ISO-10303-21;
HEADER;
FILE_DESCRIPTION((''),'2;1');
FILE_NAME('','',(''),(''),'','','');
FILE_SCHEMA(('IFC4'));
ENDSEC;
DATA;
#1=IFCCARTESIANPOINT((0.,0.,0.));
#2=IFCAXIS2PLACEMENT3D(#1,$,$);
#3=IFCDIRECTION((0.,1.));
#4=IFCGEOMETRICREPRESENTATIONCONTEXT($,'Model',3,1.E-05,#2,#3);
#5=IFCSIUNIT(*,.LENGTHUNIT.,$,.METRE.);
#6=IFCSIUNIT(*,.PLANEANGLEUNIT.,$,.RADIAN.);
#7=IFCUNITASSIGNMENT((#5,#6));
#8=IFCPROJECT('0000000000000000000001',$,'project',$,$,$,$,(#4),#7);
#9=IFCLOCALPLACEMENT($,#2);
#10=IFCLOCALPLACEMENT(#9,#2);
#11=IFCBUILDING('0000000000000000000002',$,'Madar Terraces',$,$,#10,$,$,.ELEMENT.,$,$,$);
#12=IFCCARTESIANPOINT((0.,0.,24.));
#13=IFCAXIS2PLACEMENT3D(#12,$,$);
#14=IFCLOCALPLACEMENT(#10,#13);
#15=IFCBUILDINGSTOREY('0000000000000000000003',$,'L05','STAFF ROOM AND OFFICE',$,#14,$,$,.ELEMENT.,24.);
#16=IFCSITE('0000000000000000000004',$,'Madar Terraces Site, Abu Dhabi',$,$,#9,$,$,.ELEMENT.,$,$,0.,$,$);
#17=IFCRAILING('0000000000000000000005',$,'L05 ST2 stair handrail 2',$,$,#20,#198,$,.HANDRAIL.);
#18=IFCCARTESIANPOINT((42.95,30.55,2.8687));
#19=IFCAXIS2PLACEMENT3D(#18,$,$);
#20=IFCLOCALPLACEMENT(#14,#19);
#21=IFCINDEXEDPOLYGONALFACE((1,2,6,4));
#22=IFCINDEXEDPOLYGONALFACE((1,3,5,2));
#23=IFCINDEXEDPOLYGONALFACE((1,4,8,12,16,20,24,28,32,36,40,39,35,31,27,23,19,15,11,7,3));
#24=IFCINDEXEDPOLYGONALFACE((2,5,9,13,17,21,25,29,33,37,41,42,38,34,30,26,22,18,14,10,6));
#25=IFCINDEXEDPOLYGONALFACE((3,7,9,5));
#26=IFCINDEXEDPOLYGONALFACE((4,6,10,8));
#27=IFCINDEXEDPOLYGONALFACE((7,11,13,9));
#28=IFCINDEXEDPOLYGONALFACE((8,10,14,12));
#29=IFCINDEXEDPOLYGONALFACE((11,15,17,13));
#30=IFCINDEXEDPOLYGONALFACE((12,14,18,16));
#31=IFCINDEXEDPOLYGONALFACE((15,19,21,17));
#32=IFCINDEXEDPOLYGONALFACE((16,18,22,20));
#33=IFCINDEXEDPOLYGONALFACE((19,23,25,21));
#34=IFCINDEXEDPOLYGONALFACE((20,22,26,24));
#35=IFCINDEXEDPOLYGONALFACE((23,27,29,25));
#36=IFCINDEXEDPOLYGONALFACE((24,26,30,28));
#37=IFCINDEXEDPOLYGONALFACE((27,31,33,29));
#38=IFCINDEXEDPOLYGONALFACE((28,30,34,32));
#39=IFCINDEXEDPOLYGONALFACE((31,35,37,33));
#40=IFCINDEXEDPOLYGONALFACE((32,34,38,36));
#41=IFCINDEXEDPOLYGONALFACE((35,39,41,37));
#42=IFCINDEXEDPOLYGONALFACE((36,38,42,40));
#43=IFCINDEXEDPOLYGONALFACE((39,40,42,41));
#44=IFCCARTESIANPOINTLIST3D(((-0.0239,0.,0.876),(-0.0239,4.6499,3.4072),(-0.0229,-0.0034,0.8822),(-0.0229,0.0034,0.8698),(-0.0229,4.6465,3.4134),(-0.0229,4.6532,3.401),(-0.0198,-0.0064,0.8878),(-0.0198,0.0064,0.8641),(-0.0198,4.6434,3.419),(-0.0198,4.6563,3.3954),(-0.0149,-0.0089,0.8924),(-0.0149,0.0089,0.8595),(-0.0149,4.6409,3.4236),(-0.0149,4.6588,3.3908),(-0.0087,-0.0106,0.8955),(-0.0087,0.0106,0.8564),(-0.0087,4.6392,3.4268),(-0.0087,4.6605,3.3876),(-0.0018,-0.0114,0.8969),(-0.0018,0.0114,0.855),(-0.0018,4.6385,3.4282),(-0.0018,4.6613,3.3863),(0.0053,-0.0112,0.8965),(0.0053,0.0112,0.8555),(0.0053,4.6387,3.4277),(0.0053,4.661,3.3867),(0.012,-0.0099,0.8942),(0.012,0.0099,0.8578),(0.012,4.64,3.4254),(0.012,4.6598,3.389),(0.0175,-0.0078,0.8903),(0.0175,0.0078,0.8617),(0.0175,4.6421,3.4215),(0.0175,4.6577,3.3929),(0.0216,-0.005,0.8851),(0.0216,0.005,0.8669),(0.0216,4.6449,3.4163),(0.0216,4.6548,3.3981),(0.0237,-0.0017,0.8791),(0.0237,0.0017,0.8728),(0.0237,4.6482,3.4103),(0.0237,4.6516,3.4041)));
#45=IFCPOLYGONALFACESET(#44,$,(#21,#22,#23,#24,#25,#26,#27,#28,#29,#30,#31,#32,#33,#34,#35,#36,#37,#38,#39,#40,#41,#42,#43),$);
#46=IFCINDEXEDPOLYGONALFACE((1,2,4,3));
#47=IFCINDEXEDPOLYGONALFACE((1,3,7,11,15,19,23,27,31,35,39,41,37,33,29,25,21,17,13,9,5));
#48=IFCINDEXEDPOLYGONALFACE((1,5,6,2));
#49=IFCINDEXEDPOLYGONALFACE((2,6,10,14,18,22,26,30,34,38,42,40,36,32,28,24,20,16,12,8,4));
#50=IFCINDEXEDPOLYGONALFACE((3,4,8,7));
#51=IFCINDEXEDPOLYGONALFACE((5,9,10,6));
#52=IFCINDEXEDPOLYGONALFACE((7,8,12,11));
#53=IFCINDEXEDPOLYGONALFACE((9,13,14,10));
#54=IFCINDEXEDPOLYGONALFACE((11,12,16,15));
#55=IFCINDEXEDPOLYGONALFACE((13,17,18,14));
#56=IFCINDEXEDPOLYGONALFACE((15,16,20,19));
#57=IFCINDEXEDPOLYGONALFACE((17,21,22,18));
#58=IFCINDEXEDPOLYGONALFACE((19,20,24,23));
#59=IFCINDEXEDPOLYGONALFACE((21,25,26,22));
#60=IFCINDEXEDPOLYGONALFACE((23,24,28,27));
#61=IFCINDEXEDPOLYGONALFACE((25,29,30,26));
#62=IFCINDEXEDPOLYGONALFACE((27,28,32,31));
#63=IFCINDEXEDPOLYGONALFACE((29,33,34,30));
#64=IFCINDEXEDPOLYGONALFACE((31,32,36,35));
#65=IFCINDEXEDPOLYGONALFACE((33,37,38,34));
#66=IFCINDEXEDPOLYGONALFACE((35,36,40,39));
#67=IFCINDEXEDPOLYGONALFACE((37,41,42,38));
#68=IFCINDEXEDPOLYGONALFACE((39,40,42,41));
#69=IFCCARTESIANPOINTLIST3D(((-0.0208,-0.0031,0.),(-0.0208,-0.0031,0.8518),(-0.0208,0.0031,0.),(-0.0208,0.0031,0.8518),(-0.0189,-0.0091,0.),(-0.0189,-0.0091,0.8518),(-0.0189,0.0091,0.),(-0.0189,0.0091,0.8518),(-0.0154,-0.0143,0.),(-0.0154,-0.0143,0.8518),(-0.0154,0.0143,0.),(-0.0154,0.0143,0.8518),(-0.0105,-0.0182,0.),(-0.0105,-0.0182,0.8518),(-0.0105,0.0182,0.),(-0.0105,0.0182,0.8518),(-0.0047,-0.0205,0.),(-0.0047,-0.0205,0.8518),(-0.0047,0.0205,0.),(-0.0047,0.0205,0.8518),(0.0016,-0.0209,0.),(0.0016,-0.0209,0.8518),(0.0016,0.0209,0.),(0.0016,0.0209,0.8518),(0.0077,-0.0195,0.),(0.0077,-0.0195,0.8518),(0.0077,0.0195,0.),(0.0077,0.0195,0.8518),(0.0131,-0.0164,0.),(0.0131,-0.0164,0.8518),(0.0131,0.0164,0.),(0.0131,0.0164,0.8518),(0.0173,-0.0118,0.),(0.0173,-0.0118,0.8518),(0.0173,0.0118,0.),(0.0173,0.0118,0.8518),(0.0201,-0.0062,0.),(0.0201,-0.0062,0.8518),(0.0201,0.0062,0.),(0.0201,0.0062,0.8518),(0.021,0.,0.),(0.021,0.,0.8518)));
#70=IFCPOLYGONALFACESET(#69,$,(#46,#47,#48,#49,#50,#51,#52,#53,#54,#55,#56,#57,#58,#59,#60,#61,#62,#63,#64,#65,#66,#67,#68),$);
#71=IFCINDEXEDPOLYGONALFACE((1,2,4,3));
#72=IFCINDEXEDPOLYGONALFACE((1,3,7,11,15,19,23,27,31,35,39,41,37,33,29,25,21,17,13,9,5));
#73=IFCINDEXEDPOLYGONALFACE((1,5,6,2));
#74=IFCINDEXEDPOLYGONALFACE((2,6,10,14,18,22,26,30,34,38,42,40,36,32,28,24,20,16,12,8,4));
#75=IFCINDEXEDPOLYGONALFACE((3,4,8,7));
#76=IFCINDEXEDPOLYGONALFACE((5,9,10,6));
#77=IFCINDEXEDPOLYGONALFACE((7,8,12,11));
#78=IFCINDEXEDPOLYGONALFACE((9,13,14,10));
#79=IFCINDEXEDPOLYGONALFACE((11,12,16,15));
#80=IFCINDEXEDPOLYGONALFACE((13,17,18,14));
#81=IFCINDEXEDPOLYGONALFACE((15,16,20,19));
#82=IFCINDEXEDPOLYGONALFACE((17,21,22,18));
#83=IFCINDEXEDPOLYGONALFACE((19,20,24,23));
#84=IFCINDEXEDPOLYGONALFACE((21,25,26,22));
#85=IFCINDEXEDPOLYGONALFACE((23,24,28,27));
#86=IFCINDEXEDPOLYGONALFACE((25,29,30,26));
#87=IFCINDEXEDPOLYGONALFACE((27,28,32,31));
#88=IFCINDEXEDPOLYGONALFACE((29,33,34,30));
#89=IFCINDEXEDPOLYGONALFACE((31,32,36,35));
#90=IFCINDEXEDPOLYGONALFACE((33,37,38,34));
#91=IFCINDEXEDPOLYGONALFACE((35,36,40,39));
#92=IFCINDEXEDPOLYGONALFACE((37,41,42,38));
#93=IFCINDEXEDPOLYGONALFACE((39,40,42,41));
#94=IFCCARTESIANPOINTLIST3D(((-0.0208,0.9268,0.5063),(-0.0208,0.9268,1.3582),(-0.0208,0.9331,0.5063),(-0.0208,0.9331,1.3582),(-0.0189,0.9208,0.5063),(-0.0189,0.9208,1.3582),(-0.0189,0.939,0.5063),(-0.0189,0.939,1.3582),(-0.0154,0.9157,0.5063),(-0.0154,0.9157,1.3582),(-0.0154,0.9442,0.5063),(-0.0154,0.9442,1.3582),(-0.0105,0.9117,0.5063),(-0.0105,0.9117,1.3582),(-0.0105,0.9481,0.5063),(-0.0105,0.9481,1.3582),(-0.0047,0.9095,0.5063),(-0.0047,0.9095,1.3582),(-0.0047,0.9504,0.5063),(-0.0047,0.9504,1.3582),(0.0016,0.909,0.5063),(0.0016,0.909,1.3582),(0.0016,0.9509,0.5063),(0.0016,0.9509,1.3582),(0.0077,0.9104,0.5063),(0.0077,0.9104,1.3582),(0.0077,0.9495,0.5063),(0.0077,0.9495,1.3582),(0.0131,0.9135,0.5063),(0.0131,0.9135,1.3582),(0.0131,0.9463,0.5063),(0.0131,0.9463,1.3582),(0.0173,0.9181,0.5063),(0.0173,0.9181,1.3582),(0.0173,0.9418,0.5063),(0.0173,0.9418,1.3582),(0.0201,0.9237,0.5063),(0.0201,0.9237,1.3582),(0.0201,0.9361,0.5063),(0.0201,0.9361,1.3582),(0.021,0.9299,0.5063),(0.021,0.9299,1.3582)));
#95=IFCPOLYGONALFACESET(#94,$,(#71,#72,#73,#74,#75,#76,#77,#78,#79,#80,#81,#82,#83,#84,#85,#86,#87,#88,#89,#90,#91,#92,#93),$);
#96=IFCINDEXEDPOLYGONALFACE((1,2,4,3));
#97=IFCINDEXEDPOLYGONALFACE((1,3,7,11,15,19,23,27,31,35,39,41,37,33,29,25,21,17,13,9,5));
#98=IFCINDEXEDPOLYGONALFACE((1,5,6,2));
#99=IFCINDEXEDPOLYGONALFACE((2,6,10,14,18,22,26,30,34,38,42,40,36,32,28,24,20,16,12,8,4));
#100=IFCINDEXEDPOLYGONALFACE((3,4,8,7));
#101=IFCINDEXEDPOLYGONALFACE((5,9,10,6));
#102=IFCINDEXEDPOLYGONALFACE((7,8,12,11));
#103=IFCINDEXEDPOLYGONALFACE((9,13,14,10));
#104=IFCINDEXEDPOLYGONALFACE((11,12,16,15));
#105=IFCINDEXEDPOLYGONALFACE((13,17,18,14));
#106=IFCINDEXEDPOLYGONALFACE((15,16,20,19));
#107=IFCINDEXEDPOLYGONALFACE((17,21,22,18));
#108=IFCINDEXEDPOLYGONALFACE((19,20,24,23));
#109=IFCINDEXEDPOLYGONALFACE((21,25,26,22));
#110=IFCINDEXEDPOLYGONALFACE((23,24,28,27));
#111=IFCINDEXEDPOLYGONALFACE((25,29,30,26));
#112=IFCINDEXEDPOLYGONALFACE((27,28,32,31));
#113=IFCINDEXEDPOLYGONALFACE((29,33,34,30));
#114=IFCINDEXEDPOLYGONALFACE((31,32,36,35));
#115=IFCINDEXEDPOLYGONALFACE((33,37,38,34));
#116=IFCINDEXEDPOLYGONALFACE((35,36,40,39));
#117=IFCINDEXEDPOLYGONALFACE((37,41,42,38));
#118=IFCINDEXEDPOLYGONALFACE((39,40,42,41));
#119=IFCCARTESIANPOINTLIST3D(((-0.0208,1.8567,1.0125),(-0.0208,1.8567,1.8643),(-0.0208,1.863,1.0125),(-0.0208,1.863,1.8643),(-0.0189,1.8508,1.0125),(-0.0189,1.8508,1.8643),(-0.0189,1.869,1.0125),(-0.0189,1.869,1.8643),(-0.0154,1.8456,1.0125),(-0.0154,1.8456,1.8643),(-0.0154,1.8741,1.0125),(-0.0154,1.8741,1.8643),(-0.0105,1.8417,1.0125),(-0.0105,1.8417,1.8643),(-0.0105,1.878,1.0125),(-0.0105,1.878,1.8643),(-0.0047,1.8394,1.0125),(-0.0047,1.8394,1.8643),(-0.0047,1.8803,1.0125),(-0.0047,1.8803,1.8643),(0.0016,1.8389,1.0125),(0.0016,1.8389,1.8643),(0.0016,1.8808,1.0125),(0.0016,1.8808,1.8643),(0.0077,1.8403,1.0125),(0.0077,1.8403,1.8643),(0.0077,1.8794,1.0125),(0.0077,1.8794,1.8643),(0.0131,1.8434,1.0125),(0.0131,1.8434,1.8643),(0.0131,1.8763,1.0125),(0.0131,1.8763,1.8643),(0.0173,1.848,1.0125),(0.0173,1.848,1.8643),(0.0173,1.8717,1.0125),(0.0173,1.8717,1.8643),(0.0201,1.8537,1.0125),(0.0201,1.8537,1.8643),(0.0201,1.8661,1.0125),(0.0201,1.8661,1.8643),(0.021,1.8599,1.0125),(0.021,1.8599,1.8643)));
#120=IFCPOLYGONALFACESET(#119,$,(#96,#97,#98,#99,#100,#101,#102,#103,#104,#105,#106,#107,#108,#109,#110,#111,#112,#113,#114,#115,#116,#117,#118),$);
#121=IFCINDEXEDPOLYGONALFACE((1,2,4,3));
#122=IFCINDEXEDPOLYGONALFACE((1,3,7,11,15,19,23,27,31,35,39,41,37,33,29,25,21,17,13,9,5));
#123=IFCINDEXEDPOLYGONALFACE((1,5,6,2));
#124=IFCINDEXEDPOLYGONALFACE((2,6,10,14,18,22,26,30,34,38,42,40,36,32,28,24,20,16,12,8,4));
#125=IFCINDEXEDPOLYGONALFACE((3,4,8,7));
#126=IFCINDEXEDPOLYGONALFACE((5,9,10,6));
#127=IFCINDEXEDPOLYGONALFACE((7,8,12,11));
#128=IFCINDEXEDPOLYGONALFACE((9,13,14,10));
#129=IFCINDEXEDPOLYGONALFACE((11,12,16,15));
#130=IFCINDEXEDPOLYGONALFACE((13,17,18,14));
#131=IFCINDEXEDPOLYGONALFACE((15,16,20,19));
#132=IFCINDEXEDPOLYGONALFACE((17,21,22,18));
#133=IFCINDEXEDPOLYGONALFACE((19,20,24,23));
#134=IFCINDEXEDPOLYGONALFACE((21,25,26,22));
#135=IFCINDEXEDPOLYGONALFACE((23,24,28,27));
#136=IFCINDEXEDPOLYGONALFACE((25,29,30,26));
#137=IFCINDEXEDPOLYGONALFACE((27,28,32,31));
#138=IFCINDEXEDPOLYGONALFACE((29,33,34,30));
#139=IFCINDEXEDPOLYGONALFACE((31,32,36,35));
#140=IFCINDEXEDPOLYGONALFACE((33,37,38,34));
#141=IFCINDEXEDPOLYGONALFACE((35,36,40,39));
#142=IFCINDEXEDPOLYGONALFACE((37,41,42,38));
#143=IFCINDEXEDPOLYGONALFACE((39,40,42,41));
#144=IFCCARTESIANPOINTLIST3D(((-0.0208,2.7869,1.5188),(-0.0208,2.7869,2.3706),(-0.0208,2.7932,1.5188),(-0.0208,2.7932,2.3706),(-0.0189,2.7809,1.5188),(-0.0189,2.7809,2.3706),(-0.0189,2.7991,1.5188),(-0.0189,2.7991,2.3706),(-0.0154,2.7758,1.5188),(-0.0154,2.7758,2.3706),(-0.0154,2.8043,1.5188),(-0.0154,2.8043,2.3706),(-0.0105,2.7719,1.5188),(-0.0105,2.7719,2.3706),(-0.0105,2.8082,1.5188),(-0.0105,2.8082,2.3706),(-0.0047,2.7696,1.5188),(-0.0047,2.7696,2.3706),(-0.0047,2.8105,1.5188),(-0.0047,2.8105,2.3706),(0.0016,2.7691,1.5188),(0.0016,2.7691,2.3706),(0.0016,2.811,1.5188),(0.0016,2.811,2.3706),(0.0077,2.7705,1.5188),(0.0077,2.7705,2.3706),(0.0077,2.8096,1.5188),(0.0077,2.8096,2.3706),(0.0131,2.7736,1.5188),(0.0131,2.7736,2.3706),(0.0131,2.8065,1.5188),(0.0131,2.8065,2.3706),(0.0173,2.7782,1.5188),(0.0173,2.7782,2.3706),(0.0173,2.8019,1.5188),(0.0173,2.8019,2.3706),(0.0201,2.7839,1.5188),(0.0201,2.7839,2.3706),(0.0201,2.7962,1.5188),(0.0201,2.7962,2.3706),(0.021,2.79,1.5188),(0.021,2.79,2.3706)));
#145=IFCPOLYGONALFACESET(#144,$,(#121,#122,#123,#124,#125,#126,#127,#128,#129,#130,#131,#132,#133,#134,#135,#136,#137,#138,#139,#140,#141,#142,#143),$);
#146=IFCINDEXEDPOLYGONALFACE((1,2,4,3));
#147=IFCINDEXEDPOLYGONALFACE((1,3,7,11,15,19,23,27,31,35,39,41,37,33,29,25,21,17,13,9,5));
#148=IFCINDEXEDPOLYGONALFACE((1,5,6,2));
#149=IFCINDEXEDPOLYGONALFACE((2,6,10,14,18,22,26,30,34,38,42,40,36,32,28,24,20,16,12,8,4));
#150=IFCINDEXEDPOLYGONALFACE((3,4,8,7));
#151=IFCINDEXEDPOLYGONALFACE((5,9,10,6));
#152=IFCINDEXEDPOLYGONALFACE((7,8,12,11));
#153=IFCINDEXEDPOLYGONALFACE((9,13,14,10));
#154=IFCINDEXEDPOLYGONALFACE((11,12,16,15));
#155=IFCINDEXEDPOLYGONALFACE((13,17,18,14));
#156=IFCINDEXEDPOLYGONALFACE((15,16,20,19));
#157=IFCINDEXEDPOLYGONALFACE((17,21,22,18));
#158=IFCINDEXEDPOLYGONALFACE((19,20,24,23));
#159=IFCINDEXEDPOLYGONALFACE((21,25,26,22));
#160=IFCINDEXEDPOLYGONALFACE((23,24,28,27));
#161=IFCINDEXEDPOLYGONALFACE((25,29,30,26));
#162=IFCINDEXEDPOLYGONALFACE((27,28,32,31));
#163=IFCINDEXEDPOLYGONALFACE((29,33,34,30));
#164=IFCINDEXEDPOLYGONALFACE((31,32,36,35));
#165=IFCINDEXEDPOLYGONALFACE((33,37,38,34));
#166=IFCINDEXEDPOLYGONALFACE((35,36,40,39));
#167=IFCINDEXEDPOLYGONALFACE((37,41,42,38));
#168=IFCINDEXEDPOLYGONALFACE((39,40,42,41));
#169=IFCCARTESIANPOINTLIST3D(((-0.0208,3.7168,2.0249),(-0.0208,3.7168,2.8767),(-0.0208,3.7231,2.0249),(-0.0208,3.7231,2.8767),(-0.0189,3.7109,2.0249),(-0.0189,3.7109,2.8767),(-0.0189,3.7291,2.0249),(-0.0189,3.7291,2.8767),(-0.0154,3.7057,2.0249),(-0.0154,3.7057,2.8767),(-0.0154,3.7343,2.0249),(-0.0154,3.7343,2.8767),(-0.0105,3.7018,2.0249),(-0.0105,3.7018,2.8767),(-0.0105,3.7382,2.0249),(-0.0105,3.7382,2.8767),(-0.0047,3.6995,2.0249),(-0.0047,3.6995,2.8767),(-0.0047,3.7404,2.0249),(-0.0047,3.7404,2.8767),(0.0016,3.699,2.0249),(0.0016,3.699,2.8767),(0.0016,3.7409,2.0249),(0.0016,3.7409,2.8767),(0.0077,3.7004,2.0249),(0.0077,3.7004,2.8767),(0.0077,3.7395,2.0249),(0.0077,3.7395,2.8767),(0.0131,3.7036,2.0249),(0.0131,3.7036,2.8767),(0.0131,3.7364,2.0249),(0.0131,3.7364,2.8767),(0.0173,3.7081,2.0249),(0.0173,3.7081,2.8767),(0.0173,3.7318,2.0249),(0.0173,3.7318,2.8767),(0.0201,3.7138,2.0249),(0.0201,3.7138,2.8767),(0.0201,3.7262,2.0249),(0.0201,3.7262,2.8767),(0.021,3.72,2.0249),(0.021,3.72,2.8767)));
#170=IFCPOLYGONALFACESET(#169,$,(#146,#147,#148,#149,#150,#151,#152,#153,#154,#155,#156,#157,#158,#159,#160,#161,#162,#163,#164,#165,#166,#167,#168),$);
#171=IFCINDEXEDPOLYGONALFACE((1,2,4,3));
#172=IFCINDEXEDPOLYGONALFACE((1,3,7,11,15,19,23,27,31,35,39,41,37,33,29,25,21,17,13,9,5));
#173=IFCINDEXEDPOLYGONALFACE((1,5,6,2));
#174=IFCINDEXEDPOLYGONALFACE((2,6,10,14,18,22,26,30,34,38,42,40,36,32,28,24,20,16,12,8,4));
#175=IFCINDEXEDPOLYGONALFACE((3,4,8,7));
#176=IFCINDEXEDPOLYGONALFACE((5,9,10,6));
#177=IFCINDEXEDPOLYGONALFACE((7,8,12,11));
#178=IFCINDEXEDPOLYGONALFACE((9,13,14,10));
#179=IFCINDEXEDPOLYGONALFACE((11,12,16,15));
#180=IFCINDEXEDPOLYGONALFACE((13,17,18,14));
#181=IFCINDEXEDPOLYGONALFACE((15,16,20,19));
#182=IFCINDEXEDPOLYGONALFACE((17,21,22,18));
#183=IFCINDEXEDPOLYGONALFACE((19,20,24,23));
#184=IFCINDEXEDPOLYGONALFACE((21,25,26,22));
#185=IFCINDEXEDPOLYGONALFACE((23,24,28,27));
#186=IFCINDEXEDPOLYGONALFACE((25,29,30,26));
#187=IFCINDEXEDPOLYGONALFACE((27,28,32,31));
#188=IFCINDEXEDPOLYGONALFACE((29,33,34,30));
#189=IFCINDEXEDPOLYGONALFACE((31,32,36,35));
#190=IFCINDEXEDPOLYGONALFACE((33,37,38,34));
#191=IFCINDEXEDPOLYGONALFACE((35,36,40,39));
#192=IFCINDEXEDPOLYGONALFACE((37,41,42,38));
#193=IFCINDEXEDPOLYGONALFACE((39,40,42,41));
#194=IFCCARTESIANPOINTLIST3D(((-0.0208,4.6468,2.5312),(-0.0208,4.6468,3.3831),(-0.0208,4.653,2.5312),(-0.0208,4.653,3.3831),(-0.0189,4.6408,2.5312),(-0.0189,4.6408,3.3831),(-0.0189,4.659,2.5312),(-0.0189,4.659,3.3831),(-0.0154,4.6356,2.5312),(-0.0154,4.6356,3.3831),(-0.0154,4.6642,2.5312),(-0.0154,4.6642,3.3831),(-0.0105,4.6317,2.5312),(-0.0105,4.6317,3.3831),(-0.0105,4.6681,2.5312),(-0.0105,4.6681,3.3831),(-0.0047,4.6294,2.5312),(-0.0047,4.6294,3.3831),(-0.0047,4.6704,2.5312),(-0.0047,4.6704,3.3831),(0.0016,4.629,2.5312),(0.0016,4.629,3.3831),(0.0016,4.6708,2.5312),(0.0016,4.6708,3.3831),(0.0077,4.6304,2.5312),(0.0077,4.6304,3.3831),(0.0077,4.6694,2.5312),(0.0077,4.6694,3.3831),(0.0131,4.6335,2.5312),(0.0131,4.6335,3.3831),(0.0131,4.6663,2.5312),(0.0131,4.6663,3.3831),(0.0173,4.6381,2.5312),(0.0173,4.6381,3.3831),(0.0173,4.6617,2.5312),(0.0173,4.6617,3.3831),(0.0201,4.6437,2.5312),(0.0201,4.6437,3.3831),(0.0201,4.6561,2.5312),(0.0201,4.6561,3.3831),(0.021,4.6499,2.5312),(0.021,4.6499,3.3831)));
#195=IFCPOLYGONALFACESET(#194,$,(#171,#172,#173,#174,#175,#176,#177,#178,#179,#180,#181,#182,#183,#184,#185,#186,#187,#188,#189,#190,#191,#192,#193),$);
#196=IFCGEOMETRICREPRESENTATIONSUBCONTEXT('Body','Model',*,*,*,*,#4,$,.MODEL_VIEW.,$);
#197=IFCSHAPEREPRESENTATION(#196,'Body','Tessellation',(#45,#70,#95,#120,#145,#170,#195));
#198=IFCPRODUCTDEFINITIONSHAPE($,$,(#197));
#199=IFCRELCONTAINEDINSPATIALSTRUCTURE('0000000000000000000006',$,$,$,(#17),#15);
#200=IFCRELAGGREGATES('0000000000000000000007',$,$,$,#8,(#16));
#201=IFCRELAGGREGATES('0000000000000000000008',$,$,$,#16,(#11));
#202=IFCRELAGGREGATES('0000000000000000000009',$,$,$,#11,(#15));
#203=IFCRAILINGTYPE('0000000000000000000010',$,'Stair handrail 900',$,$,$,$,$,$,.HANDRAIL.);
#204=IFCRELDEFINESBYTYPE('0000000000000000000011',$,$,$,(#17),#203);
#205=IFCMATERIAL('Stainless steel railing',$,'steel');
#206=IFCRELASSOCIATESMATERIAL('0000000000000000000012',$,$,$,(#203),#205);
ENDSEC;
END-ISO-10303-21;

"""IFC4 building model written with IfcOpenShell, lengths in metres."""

from ifc_helpers import new_model, si_unit, direction, frame, origin, origin_2d, place, context, subcontext, project, spatial, circle, extrude, material, type_object, element, save


model = new_model("IFC4")

# Units and contexts
model_context = context("Model", 3, precision=1e-05, world=origin(), true_north=direction((0.0, 1.0)))
body_context = subcontext(model_context, "Body", "Model", "MODEL_VIEW")
ifc_project = project(units=[si_unit("LENGTHUNIT", "METRE"), si_unit("PLANEANGLEUNIT", "RADIAN")], contexts=[model_context])

# Site, building, storey
site_placement = place(None, origin())
site = spatial("IfcSite", under=ifc_project, at=site_placement, Name="Madar Terraces Site, Abu Dhabi", CompositionType="ELEMENT", RefElevation=0.0)
building_placement = place(site_placement, origin())
building = spatial("IfcBuilding", under=site, at=building_placement, Name="Madar Terraces", CompositionType="ELEMENT")
storey_placement = place(building_placement, frame((0.0, 0.0, 24.0)))
storey = spatial("IfcBuildingStorey", under=building, at=storey_placement, Name="L05", Description="STAFF ROOM AND OFFICE", CompositionType="ELEMENT", Elevation=24.0)

# Railing
ifc_material_1 = material(Name="Stainless steel railing", Category="steel")
railing_type_1 = type_object("IfcRailingType", Name="Stair handrail 900", PredefinedType="HANDRAIL", material=ifc_material_1)
railing_1_placement = place(storey_placement, frame((42.95, 30.55, 2.8687)))
element("IfcRailing", 1, at=railing_1_placement, inside=storey, type_object=railing_type_1, Name="L05 ST2 stair handrail 2", PredefinedType="HANDRAIL", context=body_context, shape_type="SweptSolid", body=[
    extrude(circle(Radius=0.0239, at=origin_2d()), frame((0.0, 0.0, 0.876), z_axis=(0.0, 0.878297, 0.478115), x_axis=(-1.0, 0.0, 0.0)), (0.0, 0.0, 1.0), 5.2942),
    extrude(circle(Radius=0.021, at=origin_2d()), origin(), (0.0, 0.0, 1.0), 0.8518),
    extrude(circle(Radius=0.021, at=origin_2d()), frame((0.0, 0.9299, 0.5063)), (0.0, 0.0, 1.0), 0.8518),
    extrude(circle(Radius=0.021, at=origin_2d()), frame((0.0, 1.8599, 1.0125)), (0.0, 0.0, 1.0), 0.8518),
    extrude(circle(Radius=0.021, at=origin_2d()), frame((0.0, 2.79, 1.5188)), (0.0, 0.0, 1.0), 0.8518),
    extrude(circle(Radius=0.021, at=origin_2d()), frame((0.0, 3.72, 2.0249)), (0.0, 0.0, 1.0), 0.8518),
    extrude(circle(Radius=0.021, at=origin_2d()), frame((0.0, 4.6499, 2.5312)), (0.0, 0.0, 1.0), 0.8518),
])

save(model, "model.ifc")
